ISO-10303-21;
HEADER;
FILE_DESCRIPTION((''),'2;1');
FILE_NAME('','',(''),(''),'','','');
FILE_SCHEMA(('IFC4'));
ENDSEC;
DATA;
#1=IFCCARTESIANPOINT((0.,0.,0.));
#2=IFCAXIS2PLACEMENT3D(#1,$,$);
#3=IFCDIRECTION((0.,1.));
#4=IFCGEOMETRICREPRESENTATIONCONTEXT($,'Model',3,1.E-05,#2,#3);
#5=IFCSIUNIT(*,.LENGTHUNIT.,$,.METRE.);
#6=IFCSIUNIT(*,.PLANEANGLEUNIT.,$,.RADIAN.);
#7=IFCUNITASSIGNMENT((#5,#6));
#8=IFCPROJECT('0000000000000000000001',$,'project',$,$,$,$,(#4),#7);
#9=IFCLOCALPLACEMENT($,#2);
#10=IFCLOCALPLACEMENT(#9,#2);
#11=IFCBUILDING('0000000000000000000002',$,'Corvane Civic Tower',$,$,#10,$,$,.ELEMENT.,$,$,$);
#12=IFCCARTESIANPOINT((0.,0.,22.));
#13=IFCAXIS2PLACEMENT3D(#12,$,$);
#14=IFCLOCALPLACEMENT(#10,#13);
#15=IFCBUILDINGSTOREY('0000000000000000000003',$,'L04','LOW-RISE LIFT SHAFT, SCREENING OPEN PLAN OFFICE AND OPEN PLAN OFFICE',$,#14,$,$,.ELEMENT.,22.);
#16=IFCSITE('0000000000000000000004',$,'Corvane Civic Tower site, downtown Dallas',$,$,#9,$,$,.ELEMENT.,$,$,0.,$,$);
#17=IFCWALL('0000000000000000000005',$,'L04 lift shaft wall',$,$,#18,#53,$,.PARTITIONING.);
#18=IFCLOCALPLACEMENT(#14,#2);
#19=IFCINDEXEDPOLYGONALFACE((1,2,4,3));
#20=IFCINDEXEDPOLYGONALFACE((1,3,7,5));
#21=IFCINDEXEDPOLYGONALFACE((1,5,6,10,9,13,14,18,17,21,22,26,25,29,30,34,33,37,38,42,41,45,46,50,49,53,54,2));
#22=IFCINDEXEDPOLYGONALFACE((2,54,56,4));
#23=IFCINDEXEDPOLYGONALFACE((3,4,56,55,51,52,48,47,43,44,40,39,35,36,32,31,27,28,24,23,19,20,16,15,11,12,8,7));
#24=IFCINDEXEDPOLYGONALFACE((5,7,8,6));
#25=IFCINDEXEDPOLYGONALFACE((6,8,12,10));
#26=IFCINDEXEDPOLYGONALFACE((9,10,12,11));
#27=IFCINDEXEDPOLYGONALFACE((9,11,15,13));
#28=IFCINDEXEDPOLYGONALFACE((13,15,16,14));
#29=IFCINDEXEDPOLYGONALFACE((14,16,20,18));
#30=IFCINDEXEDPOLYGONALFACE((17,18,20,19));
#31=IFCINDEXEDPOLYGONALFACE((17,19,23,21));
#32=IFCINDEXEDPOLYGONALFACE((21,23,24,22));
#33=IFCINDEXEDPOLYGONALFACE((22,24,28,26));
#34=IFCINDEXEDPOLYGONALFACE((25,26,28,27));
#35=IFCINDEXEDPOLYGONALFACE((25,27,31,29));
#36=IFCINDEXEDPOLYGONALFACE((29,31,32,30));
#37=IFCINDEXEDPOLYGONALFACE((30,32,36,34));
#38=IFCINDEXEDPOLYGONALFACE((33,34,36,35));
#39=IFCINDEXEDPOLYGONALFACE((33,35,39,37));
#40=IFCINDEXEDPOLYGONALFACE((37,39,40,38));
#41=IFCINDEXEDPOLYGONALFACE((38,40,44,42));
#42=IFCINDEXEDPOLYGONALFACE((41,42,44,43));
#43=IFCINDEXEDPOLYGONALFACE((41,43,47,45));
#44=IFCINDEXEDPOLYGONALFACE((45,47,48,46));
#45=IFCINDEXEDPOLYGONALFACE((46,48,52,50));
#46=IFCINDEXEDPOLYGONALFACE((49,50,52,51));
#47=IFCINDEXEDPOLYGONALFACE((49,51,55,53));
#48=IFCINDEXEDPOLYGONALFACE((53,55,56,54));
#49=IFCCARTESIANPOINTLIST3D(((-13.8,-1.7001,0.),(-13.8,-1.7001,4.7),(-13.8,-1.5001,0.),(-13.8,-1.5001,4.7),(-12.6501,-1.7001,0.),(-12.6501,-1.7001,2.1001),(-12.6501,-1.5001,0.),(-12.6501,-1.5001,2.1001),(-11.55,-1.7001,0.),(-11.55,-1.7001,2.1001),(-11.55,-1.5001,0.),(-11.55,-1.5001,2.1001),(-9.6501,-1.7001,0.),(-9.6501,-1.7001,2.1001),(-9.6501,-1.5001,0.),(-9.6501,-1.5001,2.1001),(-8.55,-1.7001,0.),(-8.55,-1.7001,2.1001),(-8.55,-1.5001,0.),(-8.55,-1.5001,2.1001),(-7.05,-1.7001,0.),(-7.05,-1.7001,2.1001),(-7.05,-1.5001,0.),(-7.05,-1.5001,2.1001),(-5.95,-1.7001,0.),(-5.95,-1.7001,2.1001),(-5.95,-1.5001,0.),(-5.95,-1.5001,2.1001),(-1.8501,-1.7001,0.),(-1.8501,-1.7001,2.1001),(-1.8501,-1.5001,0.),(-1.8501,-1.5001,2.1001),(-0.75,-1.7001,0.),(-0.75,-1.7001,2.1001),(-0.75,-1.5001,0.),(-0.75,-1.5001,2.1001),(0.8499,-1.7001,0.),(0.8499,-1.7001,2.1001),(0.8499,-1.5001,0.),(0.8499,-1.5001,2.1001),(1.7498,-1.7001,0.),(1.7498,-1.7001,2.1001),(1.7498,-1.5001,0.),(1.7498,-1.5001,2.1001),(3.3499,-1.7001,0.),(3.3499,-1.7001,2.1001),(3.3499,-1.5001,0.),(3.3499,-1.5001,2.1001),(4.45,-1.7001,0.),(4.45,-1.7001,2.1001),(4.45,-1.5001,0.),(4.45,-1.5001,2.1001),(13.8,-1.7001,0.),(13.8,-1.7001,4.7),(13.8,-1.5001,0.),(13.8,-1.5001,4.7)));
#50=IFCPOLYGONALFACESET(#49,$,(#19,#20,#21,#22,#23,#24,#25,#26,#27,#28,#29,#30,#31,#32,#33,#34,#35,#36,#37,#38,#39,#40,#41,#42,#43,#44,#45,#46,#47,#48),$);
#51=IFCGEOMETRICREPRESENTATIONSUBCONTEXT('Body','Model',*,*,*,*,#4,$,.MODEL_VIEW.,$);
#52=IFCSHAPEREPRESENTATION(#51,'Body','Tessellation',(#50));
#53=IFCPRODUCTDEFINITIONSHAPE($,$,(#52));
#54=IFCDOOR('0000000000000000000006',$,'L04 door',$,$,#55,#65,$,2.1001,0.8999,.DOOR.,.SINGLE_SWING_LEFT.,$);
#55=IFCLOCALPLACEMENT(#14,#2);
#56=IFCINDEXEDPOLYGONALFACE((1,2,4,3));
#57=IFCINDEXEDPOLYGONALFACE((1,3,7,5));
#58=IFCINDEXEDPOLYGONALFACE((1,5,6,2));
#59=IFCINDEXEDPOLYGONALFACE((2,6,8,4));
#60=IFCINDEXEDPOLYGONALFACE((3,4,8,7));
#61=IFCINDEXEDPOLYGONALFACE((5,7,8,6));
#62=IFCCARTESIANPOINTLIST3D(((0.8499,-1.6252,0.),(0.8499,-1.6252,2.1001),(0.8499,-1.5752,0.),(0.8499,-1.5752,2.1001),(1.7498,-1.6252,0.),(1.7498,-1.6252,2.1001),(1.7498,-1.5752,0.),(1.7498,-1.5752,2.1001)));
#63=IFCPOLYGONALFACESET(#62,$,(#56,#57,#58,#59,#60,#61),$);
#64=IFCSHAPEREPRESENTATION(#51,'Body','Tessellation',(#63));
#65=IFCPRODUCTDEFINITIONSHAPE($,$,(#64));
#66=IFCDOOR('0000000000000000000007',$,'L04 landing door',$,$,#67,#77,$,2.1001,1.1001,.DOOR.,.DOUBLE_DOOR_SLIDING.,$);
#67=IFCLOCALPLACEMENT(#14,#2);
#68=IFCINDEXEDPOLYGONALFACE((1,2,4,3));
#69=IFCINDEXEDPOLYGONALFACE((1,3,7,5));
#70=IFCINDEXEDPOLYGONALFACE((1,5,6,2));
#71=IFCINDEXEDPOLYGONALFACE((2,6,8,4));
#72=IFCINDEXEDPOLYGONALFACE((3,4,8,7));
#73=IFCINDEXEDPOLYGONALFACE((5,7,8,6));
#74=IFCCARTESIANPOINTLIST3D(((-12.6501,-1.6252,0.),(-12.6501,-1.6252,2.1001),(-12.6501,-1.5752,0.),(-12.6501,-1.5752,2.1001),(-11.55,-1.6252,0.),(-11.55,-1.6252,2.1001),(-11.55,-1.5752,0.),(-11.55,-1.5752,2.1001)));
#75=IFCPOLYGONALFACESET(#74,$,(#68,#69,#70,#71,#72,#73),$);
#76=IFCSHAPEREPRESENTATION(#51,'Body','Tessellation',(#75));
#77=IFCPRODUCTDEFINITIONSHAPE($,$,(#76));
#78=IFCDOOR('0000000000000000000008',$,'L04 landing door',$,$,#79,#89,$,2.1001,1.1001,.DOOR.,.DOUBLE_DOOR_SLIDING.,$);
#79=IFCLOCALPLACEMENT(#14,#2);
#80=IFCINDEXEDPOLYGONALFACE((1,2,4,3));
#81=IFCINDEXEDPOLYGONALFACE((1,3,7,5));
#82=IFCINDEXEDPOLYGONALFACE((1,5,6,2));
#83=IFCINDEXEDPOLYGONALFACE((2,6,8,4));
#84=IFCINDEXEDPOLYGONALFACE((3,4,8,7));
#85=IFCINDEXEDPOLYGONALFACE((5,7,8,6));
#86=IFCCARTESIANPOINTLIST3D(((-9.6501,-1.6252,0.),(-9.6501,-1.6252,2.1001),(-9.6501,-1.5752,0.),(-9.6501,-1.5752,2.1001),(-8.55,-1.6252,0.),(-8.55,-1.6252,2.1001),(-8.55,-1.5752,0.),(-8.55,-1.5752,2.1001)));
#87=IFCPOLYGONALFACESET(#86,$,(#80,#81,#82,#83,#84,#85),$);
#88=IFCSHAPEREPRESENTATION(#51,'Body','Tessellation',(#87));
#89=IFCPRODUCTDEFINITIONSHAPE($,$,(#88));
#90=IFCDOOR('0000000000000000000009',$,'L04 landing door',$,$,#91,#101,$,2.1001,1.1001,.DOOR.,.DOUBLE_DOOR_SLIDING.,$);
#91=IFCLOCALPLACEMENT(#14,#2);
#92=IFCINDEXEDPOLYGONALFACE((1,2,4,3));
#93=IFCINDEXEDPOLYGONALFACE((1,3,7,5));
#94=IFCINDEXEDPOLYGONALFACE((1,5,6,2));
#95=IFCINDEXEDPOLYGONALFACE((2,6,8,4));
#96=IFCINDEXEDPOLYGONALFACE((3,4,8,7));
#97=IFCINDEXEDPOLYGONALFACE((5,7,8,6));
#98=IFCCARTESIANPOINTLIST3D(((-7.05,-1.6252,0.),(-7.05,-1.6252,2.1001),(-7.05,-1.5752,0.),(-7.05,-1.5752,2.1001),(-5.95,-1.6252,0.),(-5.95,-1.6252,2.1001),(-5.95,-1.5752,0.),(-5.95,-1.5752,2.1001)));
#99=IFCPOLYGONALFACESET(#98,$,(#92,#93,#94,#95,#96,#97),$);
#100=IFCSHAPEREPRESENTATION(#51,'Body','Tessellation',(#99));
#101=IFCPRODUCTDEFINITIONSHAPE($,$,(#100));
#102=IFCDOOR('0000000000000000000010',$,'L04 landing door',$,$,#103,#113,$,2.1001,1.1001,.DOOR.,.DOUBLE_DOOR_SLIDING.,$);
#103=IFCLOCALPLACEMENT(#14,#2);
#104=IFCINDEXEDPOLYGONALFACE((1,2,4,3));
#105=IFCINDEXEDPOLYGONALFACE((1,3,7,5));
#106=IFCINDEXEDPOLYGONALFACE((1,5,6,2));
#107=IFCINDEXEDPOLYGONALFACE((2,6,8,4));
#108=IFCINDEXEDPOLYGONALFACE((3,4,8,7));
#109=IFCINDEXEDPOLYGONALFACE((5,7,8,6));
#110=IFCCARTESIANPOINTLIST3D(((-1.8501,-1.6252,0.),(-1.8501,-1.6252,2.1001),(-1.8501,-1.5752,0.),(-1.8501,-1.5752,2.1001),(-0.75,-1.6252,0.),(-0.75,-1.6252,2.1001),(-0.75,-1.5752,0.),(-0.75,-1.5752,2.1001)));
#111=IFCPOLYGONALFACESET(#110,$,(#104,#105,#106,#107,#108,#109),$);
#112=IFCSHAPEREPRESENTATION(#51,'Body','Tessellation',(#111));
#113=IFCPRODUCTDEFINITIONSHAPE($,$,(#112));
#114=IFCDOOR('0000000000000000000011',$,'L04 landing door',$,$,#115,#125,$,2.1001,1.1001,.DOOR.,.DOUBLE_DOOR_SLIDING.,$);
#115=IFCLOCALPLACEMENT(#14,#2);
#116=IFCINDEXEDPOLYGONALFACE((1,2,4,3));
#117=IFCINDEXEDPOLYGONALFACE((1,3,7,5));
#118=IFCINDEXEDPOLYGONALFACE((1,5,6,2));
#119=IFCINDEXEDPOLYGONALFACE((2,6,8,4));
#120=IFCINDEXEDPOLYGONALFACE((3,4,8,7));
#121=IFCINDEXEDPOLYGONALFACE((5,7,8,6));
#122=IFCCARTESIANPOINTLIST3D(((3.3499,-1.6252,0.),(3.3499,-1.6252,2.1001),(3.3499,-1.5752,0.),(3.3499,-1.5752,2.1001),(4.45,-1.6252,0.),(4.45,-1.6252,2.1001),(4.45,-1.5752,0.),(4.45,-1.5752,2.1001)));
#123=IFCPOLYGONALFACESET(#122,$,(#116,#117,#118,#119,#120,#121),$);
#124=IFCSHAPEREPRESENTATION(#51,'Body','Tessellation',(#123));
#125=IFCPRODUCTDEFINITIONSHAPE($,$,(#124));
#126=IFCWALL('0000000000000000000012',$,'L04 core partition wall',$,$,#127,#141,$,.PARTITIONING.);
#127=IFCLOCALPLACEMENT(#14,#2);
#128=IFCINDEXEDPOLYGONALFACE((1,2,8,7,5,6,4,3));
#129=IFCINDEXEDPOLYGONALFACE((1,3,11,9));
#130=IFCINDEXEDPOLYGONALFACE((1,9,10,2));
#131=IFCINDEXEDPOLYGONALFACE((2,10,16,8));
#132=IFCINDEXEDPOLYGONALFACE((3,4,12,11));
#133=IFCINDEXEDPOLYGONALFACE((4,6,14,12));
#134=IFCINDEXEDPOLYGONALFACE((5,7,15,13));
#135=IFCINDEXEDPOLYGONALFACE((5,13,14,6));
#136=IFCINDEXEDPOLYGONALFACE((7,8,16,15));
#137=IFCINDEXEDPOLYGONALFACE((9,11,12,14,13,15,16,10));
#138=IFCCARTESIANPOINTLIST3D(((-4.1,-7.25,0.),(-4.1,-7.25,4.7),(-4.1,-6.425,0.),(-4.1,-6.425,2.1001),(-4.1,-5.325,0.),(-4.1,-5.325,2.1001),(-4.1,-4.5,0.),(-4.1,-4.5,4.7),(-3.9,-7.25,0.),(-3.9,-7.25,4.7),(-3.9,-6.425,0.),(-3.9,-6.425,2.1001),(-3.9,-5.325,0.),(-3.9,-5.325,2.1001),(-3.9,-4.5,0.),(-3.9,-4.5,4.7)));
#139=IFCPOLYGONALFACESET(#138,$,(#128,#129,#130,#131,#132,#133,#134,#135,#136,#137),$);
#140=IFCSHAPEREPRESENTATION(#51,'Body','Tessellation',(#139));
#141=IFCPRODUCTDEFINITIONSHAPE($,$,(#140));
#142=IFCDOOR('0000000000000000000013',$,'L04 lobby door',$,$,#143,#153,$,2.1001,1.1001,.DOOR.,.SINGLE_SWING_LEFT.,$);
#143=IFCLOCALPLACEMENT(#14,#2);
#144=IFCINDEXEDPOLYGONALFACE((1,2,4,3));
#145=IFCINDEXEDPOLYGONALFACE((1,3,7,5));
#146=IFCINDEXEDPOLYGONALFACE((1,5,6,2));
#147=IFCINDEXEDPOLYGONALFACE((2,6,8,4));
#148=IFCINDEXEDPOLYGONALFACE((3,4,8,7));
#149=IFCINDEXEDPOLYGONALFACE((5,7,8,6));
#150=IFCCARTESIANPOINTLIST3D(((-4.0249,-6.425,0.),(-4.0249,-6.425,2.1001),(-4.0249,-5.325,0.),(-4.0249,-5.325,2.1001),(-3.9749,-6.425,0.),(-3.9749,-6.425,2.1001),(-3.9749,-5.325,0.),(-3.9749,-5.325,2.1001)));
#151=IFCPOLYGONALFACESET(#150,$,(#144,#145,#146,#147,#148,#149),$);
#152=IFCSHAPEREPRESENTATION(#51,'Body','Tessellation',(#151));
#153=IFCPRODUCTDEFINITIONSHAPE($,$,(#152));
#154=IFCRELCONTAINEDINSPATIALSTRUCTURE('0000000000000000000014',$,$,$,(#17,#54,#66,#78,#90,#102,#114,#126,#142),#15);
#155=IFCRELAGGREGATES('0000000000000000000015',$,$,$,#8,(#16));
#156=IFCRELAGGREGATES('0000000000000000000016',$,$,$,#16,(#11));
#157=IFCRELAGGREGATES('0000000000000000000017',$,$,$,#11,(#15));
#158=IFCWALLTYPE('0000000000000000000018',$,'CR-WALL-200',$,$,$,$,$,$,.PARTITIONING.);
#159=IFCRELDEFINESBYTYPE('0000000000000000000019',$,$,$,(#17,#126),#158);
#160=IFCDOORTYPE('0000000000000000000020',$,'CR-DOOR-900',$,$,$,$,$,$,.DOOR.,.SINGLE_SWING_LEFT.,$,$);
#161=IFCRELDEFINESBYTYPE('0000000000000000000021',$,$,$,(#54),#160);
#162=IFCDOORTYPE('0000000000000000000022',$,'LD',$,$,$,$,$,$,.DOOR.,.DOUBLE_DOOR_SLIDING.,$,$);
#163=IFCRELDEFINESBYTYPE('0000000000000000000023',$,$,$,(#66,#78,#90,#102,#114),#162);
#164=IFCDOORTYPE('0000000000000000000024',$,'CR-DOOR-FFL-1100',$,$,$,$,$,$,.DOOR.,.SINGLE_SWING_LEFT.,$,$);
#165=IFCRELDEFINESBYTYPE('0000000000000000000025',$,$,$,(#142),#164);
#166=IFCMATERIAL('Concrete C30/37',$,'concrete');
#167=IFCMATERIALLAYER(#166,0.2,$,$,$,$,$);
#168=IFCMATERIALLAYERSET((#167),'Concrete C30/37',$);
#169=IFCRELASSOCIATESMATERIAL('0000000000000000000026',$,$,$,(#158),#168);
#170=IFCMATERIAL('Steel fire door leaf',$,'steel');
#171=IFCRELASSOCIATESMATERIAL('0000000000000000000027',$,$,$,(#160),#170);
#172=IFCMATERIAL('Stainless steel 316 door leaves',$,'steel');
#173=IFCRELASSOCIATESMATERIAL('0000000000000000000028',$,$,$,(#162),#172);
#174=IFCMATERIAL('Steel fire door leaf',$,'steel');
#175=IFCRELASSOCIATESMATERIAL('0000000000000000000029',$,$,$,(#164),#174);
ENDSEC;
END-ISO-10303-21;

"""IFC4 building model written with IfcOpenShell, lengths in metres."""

from ifc_helpers import new_model, si_unit, direction, frame, frame_2d, origin, place, context, subcontext, project, spatial, rectangle, extrude, material, layer, layer_set, type_object, element, fill, save


model = new_model("IFC4")

# Units and contexts
model_context = context("Model", 3, precision=1e-05, world=origin(), true_north=direction((0.0, 1.0)))
body_context = subcontext(model_context, "Body", "Model", "MODEL_VIEW")
ifc_project = project(units=[si_unit("LENGTHUNIT", "METRE"), si_unit("PLANEANGLEUNIT", "RADIAN")], contexts=[model_context])

# Site, building, storey
site_placement = place(None, origin())
site = spatial("IfcSite", under=ifc_project, at=site_placement, Name="Corvane Civic Tower site, downtown Dallas", CompositionType="ELEMENT", RefElevation=0.0)
building_placement = place(site_placement, origin())
building = spatial("IfcBuilding", under=site, at=building_placement, Name="Corvane Civic Tower", CompositionType="ELEMENT")
storey_placement = place(building_placement, frame((0.0, 0.0, 22.0)))
storey = spatial("IfcBuildingStorey", under=building, at=storey_placement, Name="L04", Description="LOW-RISE LIFT SHAFT, SCREENING OPEN PLAN OFFICE AND OPEN PLAN OFFICE", CompositionType="ELEMENT", Elevation=22.0)

# Shared definitions
ifc_material_1 = material(Name="Concrete C30/37", Category="concrete")
ifc_layer_1 = layer(ifc_material_1, 0.2)
ifc_layer_set_1 = layer_set([ifc_layer_1], Name="Concrete C30/37")
wall_type_1 = type_object("IfcWallType", Name="CR-WALL-200", PredefinedType="PARTITIONING", material=ifc_layer_set_1)
ifc_material_2 = material(Name="Steel fire door leaf", Category="steel")
door_type_1 = type_object("IfcDoorType", Name="CR-DOOR-900", OperationType="SINGLE_SWING_LEFT", PredefinedType="DOOR", material=ifc_material_2)

# Wall, openings, doors
wall_1_placement = place(storey_placement, frame((-13.8, -1.6001, 0.0), z_axis=(0.0, 0.0, 1.0), x_axis=(1.0, 0.0, 0.0)))
wall_1 = element("IfcWall", 1, at=wall_1_placement, inside=storey, type_object=wall_type_1, Name="L04 lift shaft wall", PredefinedType="PARTITIONING", context=body_context, shape_type="SweptSolid", body=[
    extrude(rectangle(XDim=27.6001, YDim=0.2, at=frame_2d((13.8, 0.0))), origin(), (0.0, 0.0, 1.0), 4.7),
])
opening_1_placement = place(wall_1_placement, frame((1.1499, 0.0, 0.0)))
opening_1 = element("IfcOpeningElement", 2, at=opening_1_placement, cuts=wall_1, PredefinedType="OPENING", context=body_context, shape_type="SweptSolid", body=[
    extrude(rectangle(XDim=1.1001, YDim=2.1001, at=frame_2d((0.55, 1.05))), frame((0.0, 0.1099, 0.0), z_axis=(0.0, -1.0, 0.0), x_axis=(1.0, 0.0, 0.0)), (0.0, 0.0, 1.0), 0.22),
])
opening_2_placement = place(wall_1_placement, frame((4.1499, 0.0, 0.0)))
opening_2 = element("IfcOpeningElement", 3, at=opening_2_placement, cuts=wall_1, PredefinedType="OPENING", context=body_context, shape_type="SweptSolid", body=[
    extrude(rectangle(XDim=1.1001, YDim=2.1001, at=frame_2d((0.55, 1.05))), frame((0.0, 0.1099, 0.0), z_axis=(0.0, -1.0, 0.0), x_axis=(1.0, 0.0, 0.0)), (0.0, 0.0, 1.0), 0.22),
])
opening_3_placement = place(wall_1_placement, frame((6.75, 0.0, 0.0)))
opening_3 = element("IfcOpeningElement", 4, at=opening_3_placement, cuts=wall_1, PredefinedType="OPENING", context=body_context, shape_type="SweptSolid", body=[
    extrude(rectangle(XDim=1.1001, YDim=2.1001, at=frame_2d((0.55, 1.05))), frame((0.0, 0.1099, 0.0), z_axis=(0.0, -1.0, 0.0), x_axis=(1.0, 0.0, 0.0)), (0.0, 0.0, 1.0), 0.22),
])
opening_4_placement = place(wall_1_placement, frame((11.95, 0.0, 0.0)))
opening_4 = element("IfcOpeningElement", 5, at=opening_4_placement, cuts=wall_1, PredefinedType="OPENING", context=body_context, shape_type="SweptSolid", body=[
    extrude(rectangle(XDim=1.1001, YDim=2.1001, at=frame_2d((0.55, 1.05))), frame((0.0, 0.1099, 0.0), z_axis=(0.0, -1.0, 0.0), x_axis=(1.0, 0.0, 0.0)), (0.0, 0.0, 1.0), 0.22),
])
opening_5_placement = place(wall_1_placement, frame((14.6499, 0.0, 0.0)))
opening_5 = element("IfcOpeningElement", 6, at=opening_5_placement, cuts=wall_1, PredefinedType="OPENING", context=body_context, shape_type="SweptSolid", body=[
    extrude(rectangle(XDim=0.8999, YDim=2.1001, at=frame_2d((0.45, 1.05))), frame((0.0, 0.1099, 0.0), z_axis=(0.0, -1.0, 0.0), x_axis=(1.0, 0.0, 0.0)), (0.0, 0.0, 1.0), 0.22),
])
opening_6_placement = place(wall_1_placement, frame((17.1499, 0.0, 0.0)))
opening_6 = element("IfcOpeningElement", 7, at=opening_6_placement, cuts=wall_1, PredefinedType="OPENING", context=body_context, shape_type="SweptSolid", body=[
    extrude(rectangle(XDim=1.1001, YDim=2.1001, at=frame_2d((0.55, 1.05))), frame((0.0, 0.1099, 0.0), z_axis=(0.0, -1.0, 0.0), x_axis=(1.0, 0.0, 0.0)), (0.0, 0.0, 1.0), 0.22),
])
door_1_placement = place(opening_5_placement, origin())
door_1 = element("IfcDoor", 8, at=door_1_placement, inside=storey, type_object=door_type_1, Name="L04 door", OperationType="SINGLE_SWING_LEFT", OverallHeight=2.1001, OverallWidth=0.8999, PredefinedType="DOOR", context=body_context, shape_type="SweptSolid", body=[
    extrude(rectangle(XDim=0.8999, YDim=2.1001, at=frame_2d((0.45, 1.05))), frame((0.0, 0.0249, 0.0), z_axis=(0.0, -1.0, 0.0), x_axis=(1.0, 0.0, 0.0)), (0.0, 0.0, 1.0), 0.05),
])
fill(opening_5, door_1)
ifc_material_3 = material(Name="Stainless steel 316 door leaves", Category="steel")
door_type_2 = type_object("IfcDoorType", Name="LD", OperationType="DOUBLE_DOOR_SLIDING", PredefinedType="DOOR", material=ifc_material_3)
door_2_placement = place(opening_1_placement, origin())
door_2 = element("IfcDoor", 9, at=door_2_placement, inside=storey, type_object=door_type_2, Name="L04 landing door", OperationType="DOUBLE_DOOR_SLIDING", OverallHeight=2.1001, OverallWidth=1.1001, PredefinedType="DOOR", context=body_context, shape_type="SweptSolid", body=[
    extrude(rectangle(XDim=1.1001, YDim=2.1001, at=frame_2d((0.55, 1.05))), frame((0.0, 0.0249, 0.0), z_axis=(0.0, -1.0, 0.0), x_axis=(1.0, 0.0, 0.0)), (0.0, 0.0, 1.0), 0.05),
])
fill(opening_1, door_2)
door_3_placement = place(opening_2_placement, origin())
door_3 = element("IfcDoor", 10, at=door_3_placement, inside=storey, type_object=door_type_2, Name="L04 landing door", OperationType="DOUBLE_DOOR_SLIDING", OverallHeight=2.1001, OverallWidth=1.1001, PredefinedType="DOOR", context=body_context, shape_type="SweptSolid", body=[
    extrude(rectangle(XDim=1.1001, YDim=2.1001, at=frame_2d((0.55, 1.05))), frame((0.0, 0.0249, 0.0), z_axis=(0.0, -1.0, 0.0), x_axis=(1.0, 0.0, 0.0)), (0.0, 0.0, 1.0), 0.05),
])
fill(opening_2, door_3)
door_4_placement = place(opening_3_placement, origin())
door_4 = element("IfcDoor", 11, at=door_4_placement, inside=storey, type_object=door_type_2, Name="L04 landing door", OperationType="DOUBLE_DOOR_SLIDING", OverallHeight=2.1001, OverallWidth=1.1001, PredefinedType="DOOR", context=body_context, shape_type="SweptSolid", body=[
    extrude(rectangle(XDim=1.1001, YDim=2.1001, at=frame_2d((0.55, 1.05))), frame((0.0, 0.0249, 0.0), z_axis=(0.0, -1.0, 0.0), x_axis=(1.0, 0.0, 0.0)), (0.0, 0.0, 1.0), 0.05),
])
fill(opening_3, door_4)
door_5_placement = place(opening_4_placement, origin())
door_5 = element("IfcDoor", 12, at=door_5_placement, inside=storey, type_object=door_type_2, Name="L04 landing door", OperationType="DOUBLE_DOOR_SLIDING", OverallHeight=2.1001, OverallWidth=1.1001, PredefinedType="DOOR", context=body_context, shape_type="SweptSolid", body=[
    extrude(rectangle(XDim=1.1001, YDim=2.1001, at=frame_2d((0.55, 1.05))), frame((0.0, 0.0249, 0.0), z_axis=(0.0, -1.0, 0.0), x_axis=(1.0, 0.0, 0.0)), (0.0, 0.0, 1.0), 0.05),
])
fill(opening_4, door_5)
door_6_placement = place(opening_6_placement, origin())
door_6 = element("IfcDoor", 13, at=door_6_placement, inside=storey, type_object=door_type_2, Name="L04 landing door", OperationType="DOUBLE_DOOR_SLIDING", OverallHeight=2.1001, OverallWidth=1.1001, PredefinedType="DOOR", context=body_context, shape_type="SweptSolid", body=[
    extrude(rectangle(XDim=1.1001, YDim=2.1001, at=frame_2d((0.55, 1.05))), frame((0.0, 0.0249, 0.0), z_axis=(0.0, -1.0, 0.0), x_axis=(1.0, 0.0, 0.0)), (0.0, 0.0, 1.0), 0.05),
])
fill(opening_6, door_6)

# Wall, opening, door
wall_2_placement = place(storey_placement, frame((-4.0, -7.25, 0.0), z_axis=(0.0, 0.0, 1.0), x_axis=(0.0, 1.0, 0.0)))
wall_2 = element("IfcWall", 14, at=wall_2_placement, inside=storey, type_object=wall_type_1, Name="L04 core partition wall", PredefinedType="PARTITIONING", context=body_context, shape_type="SweptSolid", body=[
    extrude(rectangle(XDim=2.75, YDim=0.2, at=frame_2d((1.375, 0.0))), origin(), (0.0, 0.0, 1.0), 4.7),
])
opening_7_placement = place(wall_2_placement, frame((0.825, 0.0, 0.0)))
opening_7 = element("IfcOpeningElement", 15, at=opening_7_placement, cuts=wall_2, PredefinedType="OPENING", context=body_context, shape_type="SweptSolid", body=[
    extrude(rectangle(XDim=1.1001, YDim=2.1001, at=frame_2d((0.55, 1.05))), frame((0.0, 0.1099, 0.0), z_axis=(0.0, -1.0, 0.0), x_axis=(1.0, 0.0, 0.0)), (0.0, 0.0, 1.0), 0.22),
])
ifc_material_4 = material(Name="Steel fire door leaf", Category="steel")
door_type_3 = type_object("IfcDoorType", Name="CR-DOOR-FFL-1100", OperationType="SINGLE_SWING_LEFT", PredefinedType="DOOR", material=ifc_material_4)
door_7_placement = place(opening_7_placement, origin())
door_7 = element("IfcDoor", 16, at=door_7_placement, inside=storey, type_object=door_type_3, Name="L04 lobby door", OperationType="SINGLE_SWING_LEFT", OverallHeight=2.1001, OverallWidth=1.1001, PredefinedType="DOOR", context=body_context, shape_type="SweptSolid", body=[
    extrude(rectangle(XDim=1.1001, YDim=2.1001, at=frame_2d((0.55, 1.05))), frame((0.0, 0.0249, 0.0), z_axis=(0.0, -1.0, 0.0), x_axis=(1.0, 0.0, 0.0)), (0.0, 0.0, 1.0), 0.05),
])
fill(opening_7, door_7)

save(model, "model.ifc")
